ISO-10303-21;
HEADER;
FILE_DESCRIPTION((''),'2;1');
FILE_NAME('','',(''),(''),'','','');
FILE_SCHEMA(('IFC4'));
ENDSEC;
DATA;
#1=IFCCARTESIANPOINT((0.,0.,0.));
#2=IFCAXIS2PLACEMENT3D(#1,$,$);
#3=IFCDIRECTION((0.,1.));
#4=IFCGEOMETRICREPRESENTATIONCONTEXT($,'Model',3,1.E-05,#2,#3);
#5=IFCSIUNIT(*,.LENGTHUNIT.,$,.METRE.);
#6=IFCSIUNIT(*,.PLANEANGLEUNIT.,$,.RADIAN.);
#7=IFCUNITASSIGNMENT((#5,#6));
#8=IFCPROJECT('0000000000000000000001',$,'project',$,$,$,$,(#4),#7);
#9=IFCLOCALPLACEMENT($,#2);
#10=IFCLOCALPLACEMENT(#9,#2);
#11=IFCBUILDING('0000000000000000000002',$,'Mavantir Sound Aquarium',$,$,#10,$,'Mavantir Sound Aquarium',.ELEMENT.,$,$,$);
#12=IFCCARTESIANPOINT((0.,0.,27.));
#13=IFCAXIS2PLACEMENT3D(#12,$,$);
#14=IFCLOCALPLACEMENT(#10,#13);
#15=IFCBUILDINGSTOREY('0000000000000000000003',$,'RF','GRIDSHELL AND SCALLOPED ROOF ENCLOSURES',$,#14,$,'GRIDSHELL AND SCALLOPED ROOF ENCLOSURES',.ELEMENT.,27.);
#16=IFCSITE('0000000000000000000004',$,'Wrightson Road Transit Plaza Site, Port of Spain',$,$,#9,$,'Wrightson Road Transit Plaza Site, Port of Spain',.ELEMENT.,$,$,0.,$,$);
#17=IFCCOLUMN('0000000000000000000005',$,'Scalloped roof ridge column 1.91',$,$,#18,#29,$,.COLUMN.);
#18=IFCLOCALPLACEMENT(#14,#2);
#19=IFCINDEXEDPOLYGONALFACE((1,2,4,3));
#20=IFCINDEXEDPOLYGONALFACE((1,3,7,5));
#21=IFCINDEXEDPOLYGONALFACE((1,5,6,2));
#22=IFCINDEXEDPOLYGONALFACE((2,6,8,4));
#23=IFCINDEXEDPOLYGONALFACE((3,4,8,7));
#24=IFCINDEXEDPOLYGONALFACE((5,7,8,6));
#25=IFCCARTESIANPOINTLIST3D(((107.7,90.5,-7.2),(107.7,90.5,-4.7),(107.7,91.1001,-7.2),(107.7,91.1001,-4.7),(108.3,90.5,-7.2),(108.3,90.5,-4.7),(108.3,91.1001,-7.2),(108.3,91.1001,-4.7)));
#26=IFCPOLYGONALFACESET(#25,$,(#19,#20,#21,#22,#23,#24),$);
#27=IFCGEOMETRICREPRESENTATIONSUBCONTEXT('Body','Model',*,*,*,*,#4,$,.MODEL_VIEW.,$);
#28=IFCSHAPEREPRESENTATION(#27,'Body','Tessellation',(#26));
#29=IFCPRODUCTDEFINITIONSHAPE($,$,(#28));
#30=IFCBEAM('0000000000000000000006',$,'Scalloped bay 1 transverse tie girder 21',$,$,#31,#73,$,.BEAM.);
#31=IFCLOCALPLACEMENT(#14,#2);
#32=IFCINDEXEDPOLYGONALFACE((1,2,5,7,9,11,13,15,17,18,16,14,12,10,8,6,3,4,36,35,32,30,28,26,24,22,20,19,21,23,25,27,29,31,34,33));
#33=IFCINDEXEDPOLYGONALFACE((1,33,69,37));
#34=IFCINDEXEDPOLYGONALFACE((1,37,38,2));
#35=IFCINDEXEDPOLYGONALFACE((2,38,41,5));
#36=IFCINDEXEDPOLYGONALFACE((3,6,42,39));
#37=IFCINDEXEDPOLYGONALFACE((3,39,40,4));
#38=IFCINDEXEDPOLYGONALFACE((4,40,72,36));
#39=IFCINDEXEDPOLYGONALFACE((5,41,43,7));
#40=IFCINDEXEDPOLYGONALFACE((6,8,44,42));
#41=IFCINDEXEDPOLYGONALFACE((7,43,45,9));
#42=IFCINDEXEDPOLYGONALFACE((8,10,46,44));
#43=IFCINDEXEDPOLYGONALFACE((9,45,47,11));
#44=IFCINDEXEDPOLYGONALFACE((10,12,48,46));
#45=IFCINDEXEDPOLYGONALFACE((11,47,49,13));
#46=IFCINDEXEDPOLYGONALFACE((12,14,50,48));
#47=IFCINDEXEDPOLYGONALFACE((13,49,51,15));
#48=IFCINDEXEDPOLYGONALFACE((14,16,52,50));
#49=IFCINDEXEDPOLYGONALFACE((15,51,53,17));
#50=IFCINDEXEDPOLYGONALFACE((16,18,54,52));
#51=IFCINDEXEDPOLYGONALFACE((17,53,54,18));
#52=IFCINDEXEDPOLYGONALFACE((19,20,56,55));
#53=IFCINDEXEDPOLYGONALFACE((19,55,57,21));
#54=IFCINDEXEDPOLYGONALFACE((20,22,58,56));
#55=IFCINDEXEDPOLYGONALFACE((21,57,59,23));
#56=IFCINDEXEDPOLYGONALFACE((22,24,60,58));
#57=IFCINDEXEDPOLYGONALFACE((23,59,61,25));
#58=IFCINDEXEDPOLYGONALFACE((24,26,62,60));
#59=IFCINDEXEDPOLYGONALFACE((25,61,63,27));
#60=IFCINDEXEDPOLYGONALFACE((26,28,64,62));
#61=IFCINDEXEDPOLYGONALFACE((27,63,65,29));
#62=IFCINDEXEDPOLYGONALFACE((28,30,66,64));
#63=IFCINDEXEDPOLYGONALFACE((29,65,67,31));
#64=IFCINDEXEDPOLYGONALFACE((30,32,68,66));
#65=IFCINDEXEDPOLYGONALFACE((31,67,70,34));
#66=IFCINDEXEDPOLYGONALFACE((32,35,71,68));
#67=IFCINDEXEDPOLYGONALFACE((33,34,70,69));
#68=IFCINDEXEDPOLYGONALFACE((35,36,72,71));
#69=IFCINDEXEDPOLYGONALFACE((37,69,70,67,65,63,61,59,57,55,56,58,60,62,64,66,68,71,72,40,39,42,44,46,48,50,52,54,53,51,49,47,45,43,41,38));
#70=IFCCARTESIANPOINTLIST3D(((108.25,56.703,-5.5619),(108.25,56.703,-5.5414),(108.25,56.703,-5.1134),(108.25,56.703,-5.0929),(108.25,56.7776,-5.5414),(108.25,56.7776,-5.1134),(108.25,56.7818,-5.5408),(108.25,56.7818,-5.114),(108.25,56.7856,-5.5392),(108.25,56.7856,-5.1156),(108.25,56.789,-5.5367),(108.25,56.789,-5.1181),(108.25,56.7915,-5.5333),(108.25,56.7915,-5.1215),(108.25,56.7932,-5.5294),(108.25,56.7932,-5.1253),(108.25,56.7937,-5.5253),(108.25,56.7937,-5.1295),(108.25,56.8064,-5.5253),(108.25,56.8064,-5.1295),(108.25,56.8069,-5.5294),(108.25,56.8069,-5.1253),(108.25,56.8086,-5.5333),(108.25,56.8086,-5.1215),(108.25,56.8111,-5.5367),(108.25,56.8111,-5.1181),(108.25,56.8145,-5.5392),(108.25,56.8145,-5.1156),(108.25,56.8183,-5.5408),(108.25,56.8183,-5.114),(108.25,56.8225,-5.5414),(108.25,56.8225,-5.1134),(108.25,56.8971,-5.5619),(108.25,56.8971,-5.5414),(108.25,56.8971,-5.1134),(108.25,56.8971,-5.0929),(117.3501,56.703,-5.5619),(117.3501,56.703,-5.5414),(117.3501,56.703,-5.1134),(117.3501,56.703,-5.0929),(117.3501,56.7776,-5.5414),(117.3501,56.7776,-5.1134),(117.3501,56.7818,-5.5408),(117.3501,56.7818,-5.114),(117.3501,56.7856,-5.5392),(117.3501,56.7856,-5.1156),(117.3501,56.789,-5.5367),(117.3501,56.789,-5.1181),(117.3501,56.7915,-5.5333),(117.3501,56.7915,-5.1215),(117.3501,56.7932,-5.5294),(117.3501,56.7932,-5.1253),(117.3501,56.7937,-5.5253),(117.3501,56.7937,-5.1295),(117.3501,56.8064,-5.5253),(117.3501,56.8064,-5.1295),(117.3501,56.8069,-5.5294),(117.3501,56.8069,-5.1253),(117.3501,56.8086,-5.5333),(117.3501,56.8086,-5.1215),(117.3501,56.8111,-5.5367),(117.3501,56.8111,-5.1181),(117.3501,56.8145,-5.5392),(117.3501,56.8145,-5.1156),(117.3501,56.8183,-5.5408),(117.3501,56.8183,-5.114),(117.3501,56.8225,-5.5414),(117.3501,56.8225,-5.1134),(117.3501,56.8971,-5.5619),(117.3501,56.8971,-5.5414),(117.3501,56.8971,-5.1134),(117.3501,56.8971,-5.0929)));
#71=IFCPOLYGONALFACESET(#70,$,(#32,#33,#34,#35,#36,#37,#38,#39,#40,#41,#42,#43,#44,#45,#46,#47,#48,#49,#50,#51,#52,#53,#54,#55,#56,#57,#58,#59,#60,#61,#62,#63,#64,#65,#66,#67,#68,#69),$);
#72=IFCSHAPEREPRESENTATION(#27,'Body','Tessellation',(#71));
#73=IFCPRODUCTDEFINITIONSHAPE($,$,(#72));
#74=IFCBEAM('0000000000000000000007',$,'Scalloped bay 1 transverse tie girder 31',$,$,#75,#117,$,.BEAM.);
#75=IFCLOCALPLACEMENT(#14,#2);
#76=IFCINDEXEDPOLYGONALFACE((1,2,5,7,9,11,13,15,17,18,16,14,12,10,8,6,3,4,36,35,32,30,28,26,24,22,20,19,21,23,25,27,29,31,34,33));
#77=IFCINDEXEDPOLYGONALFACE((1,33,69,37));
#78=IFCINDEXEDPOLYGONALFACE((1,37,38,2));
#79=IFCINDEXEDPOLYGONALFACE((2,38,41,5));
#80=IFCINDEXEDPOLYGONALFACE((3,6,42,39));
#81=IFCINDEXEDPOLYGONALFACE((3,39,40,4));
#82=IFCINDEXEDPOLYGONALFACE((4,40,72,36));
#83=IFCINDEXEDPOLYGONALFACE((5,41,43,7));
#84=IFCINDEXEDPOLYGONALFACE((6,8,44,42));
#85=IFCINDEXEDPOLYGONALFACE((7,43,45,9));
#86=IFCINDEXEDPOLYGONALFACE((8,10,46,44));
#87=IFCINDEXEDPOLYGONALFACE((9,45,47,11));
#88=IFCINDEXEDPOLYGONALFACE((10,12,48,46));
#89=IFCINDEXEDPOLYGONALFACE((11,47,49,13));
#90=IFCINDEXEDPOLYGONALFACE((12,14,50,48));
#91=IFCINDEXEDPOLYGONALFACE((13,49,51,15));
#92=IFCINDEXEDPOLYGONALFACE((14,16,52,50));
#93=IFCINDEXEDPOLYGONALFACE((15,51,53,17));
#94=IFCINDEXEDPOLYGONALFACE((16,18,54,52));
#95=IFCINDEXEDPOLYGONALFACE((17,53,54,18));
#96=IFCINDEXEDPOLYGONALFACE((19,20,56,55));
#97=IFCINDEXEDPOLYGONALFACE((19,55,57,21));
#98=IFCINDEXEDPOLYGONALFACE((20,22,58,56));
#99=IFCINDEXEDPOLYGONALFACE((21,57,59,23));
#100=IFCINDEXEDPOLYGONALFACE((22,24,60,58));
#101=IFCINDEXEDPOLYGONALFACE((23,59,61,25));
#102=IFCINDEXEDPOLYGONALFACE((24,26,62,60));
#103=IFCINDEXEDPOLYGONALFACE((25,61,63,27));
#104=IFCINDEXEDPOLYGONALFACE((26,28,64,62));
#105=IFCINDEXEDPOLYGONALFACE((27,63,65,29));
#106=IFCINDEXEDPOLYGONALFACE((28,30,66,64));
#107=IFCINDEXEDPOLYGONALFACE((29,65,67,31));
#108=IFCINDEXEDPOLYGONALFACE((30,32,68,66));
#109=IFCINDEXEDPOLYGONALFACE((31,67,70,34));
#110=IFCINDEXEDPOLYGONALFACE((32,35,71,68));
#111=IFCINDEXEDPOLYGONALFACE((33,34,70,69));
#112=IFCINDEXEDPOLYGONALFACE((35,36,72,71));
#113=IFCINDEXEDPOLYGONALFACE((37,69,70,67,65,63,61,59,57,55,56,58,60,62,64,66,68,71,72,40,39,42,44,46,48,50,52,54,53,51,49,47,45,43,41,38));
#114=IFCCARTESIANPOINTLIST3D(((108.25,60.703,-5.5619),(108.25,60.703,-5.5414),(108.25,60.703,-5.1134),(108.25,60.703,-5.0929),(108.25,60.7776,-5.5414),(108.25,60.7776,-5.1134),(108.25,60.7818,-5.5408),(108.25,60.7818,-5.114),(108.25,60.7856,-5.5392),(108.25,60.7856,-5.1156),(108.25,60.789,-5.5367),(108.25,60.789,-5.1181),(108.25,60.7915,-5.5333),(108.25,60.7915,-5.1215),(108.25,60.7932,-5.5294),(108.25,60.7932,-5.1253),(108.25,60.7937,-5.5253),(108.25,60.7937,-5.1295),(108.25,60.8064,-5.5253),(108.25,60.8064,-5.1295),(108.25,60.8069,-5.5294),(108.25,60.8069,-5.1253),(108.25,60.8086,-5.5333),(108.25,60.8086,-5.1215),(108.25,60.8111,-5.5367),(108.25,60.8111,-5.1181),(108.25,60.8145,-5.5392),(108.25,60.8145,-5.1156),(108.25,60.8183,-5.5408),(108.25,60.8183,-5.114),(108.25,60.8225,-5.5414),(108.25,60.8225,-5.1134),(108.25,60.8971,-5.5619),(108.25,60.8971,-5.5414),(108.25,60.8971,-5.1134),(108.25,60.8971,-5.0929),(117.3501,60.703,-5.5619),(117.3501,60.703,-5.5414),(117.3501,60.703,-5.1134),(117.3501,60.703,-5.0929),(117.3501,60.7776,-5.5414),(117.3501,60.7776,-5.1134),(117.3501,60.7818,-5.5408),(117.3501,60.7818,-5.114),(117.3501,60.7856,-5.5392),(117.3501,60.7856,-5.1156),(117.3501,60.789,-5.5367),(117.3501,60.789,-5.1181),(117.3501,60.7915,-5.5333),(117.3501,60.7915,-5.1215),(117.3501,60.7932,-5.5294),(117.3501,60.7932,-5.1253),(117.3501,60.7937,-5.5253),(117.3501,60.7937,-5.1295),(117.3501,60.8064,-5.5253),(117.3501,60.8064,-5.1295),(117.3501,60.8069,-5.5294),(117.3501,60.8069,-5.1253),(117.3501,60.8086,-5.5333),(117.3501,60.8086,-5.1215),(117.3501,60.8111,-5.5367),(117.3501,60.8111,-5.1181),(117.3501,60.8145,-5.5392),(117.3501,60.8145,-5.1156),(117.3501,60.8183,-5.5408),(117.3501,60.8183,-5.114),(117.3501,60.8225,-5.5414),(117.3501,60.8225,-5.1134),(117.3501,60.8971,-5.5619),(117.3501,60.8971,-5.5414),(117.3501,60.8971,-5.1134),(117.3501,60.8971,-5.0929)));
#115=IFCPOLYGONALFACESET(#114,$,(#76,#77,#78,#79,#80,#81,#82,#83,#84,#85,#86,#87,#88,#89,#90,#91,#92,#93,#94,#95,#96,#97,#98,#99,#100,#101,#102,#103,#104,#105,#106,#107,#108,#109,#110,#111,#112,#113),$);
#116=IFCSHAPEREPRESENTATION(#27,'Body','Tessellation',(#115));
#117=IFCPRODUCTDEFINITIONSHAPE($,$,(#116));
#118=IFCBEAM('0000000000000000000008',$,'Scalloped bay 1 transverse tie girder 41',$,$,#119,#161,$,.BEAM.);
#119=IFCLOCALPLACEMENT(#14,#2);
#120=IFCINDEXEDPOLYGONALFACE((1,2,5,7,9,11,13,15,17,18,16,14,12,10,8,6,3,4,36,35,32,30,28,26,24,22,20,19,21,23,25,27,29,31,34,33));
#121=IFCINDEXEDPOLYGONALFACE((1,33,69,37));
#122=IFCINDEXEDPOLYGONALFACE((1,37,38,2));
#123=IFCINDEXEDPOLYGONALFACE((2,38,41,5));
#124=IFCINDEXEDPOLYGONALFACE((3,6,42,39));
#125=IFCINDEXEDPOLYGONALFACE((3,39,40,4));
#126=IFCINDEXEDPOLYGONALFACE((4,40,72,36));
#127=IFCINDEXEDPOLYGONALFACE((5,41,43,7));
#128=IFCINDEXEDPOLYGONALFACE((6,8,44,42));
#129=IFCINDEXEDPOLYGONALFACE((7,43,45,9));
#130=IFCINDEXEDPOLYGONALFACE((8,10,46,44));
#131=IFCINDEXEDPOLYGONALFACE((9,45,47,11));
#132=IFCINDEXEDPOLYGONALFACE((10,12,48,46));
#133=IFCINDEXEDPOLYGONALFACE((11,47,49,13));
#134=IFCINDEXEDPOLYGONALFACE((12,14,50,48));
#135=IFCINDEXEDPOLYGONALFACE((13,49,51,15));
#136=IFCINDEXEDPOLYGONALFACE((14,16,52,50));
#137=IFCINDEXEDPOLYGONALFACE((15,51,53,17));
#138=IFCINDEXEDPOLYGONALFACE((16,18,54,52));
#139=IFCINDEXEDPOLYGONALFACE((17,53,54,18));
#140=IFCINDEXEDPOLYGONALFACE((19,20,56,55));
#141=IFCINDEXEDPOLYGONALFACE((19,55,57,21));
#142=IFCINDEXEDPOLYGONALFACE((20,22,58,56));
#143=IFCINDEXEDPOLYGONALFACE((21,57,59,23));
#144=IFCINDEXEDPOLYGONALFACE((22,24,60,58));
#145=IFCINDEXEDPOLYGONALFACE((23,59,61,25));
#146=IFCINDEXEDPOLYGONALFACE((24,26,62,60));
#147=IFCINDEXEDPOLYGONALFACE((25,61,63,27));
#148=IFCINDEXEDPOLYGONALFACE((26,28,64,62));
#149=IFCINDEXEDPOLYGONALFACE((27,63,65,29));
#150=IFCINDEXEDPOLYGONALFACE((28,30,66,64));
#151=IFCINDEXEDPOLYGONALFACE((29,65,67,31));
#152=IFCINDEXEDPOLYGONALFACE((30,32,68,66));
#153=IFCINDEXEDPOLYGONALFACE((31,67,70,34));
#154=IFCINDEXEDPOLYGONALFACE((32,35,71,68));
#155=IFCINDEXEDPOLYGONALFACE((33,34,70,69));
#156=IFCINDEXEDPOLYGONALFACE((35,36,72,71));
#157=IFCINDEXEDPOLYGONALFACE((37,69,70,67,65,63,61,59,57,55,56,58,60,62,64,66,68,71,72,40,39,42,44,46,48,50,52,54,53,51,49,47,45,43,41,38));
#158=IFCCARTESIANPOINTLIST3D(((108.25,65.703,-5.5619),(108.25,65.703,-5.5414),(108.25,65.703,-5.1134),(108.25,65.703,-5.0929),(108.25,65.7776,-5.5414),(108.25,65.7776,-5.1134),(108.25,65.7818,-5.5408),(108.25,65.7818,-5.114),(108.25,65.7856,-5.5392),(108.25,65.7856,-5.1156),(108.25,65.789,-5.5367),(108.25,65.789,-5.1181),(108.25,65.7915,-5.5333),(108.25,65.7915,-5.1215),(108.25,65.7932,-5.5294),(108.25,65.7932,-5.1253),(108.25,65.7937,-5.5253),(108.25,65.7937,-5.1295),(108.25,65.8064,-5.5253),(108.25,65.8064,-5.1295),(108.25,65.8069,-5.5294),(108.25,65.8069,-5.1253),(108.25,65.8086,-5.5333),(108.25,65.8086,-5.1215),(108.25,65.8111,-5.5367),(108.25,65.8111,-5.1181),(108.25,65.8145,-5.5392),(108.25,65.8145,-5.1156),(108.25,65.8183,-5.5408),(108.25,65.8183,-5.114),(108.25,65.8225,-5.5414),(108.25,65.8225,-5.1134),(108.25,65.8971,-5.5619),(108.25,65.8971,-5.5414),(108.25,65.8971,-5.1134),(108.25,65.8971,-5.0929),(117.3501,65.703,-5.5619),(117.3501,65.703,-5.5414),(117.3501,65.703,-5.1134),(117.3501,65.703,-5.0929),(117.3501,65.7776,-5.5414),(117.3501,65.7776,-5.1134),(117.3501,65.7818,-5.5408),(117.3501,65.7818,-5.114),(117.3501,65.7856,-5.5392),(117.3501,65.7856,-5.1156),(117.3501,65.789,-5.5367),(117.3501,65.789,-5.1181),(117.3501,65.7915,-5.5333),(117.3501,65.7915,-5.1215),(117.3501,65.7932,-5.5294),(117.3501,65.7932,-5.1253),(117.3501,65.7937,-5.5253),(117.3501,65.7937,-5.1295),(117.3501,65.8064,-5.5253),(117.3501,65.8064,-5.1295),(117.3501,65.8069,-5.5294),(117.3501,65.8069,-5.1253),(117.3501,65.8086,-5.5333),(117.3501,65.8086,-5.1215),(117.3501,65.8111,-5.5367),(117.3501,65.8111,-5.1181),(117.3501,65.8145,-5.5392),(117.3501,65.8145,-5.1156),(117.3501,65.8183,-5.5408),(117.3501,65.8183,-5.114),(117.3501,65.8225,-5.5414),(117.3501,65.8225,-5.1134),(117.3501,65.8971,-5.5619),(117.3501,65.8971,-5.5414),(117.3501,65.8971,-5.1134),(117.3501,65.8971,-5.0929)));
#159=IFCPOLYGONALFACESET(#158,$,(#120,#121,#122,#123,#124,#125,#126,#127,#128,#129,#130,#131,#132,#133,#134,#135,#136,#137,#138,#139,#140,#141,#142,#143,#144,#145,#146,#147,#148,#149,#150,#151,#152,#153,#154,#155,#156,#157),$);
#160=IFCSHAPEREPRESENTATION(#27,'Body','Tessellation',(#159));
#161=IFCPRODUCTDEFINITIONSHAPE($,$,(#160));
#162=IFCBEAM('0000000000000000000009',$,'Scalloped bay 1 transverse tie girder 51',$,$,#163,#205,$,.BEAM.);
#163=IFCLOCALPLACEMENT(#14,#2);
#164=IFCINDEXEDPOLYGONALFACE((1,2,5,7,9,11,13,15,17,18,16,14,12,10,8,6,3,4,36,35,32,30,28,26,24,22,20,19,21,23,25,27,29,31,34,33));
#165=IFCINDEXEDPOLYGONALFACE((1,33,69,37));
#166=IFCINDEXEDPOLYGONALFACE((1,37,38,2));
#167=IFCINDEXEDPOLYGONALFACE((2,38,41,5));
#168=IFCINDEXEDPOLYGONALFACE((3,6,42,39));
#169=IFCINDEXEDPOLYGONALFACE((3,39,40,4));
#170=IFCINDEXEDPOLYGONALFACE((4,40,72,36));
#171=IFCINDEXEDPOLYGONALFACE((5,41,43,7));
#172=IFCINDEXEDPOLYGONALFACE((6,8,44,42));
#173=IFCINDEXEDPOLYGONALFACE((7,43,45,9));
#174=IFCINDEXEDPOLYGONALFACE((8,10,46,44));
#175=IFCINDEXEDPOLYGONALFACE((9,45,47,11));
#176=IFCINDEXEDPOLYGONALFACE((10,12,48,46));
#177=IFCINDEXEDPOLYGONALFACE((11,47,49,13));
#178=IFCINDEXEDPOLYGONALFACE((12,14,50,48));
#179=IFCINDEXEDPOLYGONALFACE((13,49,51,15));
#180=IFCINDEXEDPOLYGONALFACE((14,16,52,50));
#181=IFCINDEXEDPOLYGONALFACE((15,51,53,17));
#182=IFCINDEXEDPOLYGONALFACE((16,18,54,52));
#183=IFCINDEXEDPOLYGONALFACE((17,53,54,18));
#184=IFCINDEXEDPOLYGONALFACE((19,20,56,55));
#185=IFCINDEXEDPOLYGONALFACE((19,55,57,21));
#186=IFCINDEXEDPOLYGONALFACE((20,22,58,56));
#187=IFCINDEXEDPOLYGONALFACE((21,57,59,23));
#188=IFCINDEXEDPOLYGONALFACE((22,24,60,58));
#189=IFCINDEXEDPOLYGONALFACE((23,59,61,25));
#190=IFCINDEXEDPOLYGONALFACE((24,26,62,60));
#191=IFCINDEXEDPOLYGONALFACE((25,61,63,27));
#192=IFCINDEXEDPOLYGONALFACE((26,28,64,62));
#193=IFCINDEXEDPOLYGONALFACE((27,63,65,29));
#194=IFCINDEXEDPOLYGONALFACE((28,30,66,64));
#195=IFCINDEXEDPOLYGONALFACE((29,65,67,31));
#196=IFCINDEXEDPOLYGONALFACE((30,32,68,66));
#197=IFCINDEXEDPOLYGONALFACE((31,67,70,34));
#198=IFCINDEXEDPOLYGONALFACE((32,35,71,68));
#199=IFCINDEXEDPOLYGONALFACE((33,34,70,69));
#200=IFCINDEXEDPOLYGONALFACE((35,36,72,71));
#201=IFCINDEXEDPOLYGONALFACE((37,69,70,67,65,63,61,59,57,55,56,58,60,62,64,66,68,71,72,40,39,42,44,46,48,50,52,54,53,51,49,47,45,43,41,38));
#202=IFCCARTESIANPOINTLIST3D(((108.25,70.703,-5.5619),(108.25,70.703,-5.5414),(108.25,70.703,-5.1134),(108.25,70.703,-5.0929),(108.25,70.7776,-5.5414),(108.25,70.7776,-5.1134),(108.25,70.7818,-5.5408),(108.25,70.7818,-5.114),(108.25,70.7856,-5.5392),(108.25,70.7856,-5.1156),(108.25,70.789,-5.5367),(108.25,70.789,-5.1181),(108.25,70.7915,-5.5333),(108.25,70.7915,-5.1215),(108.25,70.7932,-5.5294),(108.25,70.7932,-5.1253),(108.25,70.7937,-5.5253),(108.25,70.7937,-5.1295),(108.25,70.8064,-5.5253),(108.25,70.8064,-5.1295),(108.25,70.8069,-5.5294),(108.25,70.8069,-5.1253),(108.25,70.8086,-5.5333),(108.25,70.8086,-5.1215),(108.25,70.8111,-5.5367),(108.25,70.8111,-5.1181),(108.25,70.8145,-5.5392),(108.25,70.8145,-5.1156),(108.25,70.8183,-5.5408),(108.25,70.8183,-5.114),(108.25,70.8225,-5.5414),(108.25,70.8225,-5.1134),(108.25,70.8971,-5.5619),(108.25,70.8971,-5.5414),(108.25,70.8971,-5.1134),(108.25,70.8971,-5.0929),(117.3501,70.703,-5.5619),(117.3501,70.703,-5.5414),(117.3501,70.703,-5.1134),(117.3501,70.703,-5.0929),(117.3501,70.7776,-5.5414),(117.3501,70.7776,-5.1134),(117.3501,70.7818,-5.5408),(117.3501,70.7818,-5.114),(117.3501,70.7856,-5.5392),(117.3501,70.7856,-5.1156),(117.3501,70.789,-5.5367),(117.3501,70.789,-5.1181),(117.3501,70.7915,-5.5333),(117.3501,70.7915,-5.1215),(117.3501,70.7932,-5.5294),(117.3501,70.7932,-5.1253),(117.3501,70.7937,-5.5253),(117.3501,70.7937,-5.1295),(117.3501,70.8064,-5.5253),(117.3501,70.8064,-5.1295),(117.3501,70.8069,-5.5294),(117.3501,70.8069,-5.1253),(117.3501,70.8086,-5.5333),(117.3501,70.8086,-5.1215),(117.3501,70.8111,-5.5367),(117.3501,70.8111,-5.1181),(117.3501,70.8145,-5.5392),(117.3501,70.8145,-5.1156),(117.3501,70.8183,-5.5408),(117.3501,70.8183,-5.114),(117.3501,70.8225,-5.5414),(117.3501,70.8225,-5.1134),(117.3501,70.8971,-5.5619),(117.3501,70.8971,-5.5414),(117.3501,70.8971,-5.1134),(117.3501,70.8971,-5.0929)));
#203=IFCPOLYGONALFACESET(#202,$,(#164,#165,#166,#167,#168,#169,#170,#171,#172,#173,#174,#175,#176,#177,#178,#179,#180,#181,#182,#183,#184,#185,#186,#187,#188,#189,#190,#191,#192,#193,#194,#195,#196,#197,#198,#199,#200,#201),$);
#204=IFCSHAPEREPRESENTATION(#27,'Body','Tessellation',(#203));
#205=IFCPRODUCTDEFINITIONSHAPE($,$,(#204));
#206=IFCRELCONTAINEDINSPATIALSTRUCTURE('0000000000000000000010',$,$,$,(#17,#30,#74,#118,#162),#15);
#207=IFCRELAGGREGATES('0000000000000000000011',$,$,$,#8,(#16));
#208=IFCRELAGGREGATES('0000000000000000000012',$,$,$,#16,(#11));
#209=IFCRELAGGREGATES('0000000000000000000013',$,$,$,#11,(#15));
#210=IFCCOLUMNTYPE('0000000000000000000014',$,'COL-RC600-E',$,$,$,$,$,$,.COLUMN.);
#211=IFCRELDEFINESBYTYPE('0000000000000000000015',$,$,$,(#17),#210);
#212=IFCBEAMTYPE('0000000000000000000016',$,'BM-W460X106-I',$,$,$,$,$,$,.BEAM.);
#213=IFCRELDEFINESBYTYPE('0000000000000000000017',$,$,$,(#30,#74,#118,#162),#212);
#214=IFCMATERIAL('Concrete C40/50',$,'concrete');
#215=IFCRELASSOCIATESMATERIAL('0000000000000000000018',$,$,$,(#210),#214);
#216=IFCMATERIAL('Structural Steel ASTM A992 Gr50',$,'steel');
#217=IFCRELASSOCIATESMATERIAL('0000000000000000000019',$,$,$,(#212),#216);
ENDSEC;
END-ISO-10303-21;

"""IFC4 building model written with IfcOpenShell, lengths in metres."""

from ifc_helpers import new_model, si_unit, direction, frame, origin, origin_2d, place, context, subcontext, project, spatial, rectangle, i_section, extrude, material, material_profile, profile_set, type_object, element, save


model = new_model("IFC4")

# Units and contexts
model_context = context("Model", 3, precision=1e-05, world=origin(), true_north=direction((0.0, 1.0)))
body_context = subcontext(model_context, "Body", "Model", "MODEL_VIEW")
ifc_project = project(units=[si_unit("LENGTHUNIT", "METRE"), si_unit("PLANEANGLEUNIT", "RADIAN")], contexts=[model_context])

# Site, building, storey
site_placement = place(None, origin())
site = spatial("IfcSite", under=ifc_project, at=site_placement, Name="Wrightson Road Transit Plaza Site, Port of Spain", LongName="Wrightson Road Transit Plaza Site, Port of Spain", CompositionType="ELEMENT", RefElevation=0.0)
building_placement = place(site_placement, origin())
building = spatial("IfcBuilding", under=site, at=building_placement, Name="Mavantir Sound Aquarium", LongName="Mavantir Sound Aquarium", CompositionType="ELEMENT")
storey_placement = place(building_placement, frame((0.0, 0.0, 27.0)))
storey = spatial("IfcBuildingStorey", under=building, at=storey_placement, Name="RF", Description="GRIDSHELL AND SCALLOPED ROOF ENCLOSURES", LongName="GRIDSHELL AND SCALLOPED ROOF ENCLOSURES", CompositionType="ELEMENT", Elevation=27.0)

# Column
ifc_material_1 = material(Name="Concrete C40/50", Category="concrete")
ifc_material_profile_1 = material_profile(ifc_material_1, rectangle(XDim=0.6001, YDim=0.6001, at=origin_2d()), Name="RC 600X600")
ifc_profile_set_1 = profile_set([ifc_material_profile_1], Name="Concrete C40/50")
column_type = type_object("IfcColumnType", Name="COL-RC600-E", PredefinedType="COLUMN", material=ifc_profile_set_1)
column_placement = place(storey_placement, frame((108.0, 90.8, -7.2), z_axis=(0.0, 0.0, 1.0), x_axis=(1.0, 0.0, 0.0)))
element("IfcColumn", 1, at=column_placement, inside=storey, type_object=column_type, Name="Scalloped roof ridge column 1.91", PredefinedType="COLUMN", context=body_context, shape_type="SweptSolid", body=[
    extrude(rectangle(XDim=0.6001, YDim=0.6001, at=origin_2d()), origin(), (0.0, 0.0, 1.0), 2.5),
])

# Beams
ifc_material_2 = material(Name="Structural Steel ASTM A992 Gr50", Category="steel")
ifc_material_profile_2 = material_profile(ifc_material_2, i_section(OverallWidth=0.1941, OverallDepth=0.469, WebThickness=0.0127, FlangeThickness=0.0205, FilletRadius=0.0161, at=origin_2d()), Name="W460X106")
ifc_profile_set_2 = profile_set([ifc_material_profile_2], Name="Structural Steel ASTM A992 Gr50")
beam_type = type_object("IfcBeamType", Name="BM-W460X106-I", PredefinedType="BEAM", material=ifc_profile_set_2)
for number, where, z_axis, x_axis, name in (
    (2, (108.25, 56.8, -5.3274), (1.0, 0.0, 0.0), (0.0, 1.0, 0.0), "Scalloped bay 1 transverse tie girder 21"),
    (3, (108.25, 60.8, -5.3274), (1.0, 0.0, 0.0), (0.0, 1.0, 0.0), "Scalloped bay 1 transverse tie girder 31"),
    (4, (108.25, 65.8, -5.3274), (1.0, 0.0, 0.0), (0.0, 1.0, 0.0), "Scalloped bay 1 transverse tie girder 41"),
    (5, (108.25, 70.8, -5.3274), (1.0, 0.0, 0.0), (0.0, 1.0, 0.0), "Scalloped bay 1 transverse tie girder 51"),
):
    element("IfcBeam", number, at=place(storey_placement, frame(where, z_axis=z_axis, x_axis=x_axis)), inside=storey, type_object=beam_type, Name=name, PredefinedType="BEAM", context=body_context, shape_type="SweptSolid", body=[
        extrude(i_section(OverallWidth=0.1941, OverallDepth=0.469, WebThickness=0.0127, FlangeThickness=0.0205, FilletRadius=0.0161, at=origin_2d()), origin(), (0.0, 0.0, 1.0), 9.1001),
    ])

save(model, "model.ifc")
